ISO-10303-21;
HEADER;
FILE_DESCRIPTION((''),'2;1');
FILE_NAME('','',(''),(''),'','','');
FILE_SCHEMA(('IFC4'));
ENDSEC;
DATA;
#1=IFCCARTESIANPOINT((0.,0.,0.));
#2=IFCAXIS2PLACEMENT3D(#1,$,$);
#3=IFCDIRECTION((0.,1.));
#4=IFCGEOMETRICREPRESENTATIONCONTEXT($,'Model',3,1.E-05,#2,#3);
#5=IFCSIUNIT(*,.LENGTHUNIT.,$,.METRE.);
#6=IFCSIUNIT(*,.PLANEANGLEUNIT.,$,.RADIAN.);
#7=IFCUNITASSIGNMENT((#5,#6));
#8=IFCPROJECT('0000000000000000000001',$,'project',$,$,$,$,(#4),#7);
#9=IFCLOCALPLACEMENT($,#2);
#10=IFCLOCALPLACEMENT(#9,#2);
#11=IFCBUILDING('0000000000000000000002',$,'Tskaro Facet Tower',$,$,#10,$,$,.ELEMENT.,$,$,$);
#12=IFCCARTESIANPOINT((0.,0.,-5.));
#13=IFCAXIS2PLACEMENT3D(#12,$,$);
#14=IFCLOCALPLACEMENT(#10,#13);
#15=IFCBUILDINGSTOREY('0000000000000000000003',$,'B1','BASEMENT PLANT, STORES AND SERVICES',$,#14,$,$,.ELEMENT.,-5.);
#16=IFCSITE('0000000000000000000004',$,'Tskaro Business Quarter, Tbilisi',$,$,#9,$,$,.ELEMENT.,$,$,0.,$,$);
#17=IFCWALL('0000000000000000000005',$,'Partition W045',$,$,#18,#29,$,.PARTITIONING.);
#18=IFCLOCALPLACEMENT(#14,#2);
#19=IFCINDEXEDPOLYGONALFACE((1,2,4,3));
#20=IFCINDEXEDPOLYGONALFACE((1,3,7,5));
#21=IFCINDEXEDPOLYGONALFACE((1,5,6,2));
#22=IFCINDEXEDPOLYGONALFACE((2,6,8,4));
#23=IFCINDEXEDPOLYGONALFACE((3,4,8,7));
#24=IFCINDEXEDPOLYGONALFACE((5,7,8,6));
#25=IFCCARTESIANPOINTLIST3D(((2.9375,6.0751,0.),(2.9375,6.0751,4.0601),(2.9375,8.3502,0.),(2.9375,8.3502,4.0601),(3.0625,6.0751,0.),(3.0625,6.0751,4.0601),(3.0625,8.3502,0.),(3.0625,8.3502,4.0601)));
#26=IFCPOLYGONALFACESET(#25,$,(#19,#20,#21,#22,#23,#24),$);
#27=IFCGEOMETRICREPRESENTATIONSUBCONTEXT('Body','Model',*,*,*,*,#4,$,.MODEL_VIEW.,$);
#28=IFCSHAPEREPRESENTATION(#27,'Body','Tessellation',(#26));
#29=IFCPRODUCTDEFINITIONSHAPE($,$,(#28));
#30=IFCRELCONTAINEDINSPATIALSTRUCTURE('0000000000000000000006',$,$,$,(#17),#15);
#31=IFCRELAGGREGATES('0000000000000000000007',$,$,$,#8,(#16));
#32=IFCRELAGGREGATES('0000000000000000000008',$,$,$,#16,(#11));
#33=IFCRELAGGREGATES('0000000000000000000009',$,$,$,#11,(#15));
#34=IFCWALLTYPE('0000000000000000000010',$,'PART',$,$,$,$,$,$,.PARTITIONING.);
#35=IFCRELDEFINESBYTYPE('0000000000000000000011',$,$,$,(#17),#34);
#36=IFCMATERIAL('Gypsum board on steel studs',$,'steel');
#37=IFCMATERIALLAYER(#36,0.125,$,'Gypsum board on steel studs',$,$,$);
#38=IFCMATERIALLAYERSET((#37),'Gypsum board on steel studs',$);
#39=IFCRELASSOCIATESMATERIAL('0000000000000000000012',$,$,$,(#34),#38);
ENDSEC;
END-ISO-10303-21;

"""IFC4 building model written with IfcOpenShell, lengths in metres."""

from ifc_helpers import new_model, si_unit, direction, frame, frame_2d, origin, place, context, subcontext, project, spatial, rectangle, extrude, material, layer, layer_set, type_object, element, save


model = new_model("IFC4")

# Units and contexts
model_context = context("Model", 3, precision=1e-05, world=origin(), true_north=direction((0.0, 1.0)))
body_context = subcontext(model_context, "Body", "Model", "MODEL_VIEW")
ifc_project = project(units=[si_unit("LENGTHUNIT", "METRE"), si_unit("PLANEANGLEUNIT", "RADIAN")], contexts=[model_context])

# Site, building, storey
site_placement = place(None, origin())
site = spatial("IfcSite", under=ifc_project, at=site_placement, Name="Tskaro Business Quarter, Tbilisi", CompositionType="ELEMENT", RefElevation=0.0)
building_placement = place(site_placement, origin())
building = spatial("IfcBuilding", under=site, at=building_placement, Name="Tskaro Facet Tower", CompositionType="ELEMENT")
storey_placement = place(building_placement, frame((0.0, 0.0, -5.0)))
storey = spatial("IfcBuildingStorey", under=building, at=storey_placement, Name="B1", Description="BASEMENT PLANT, STORES AND SERVICES", CompositionType="ELEMENT", Elevation=-5.0)

# Wall
ifc_material_1 = material(Name="Gypsum board on steel studs", Category="steel")
ifc_layer_1 = layer(ifc_material_1, 0.125, Name="Gypsum board on steel studs")
ifc_layer_set_1 = layer_set([ifc_layer_1], Name="Gypsum board on steel studs")
wall_type_1 = type_object("IfcWallType", Name="PART", PredefinedType="PARTITIONING", material=ifc_layer_set_1)
wall_1_placement = place(storey_placement, frame((3.0, 6.075, 0.0), z_axis=(0.0, 0.0, 1.0), x_axis=(0.0, 1.0, 0.0)))
element("IfcWall", 1, at=wall_1_placement, inside=storey, type_object=wall_type_1, Name="Partition W045", PredefinedType="PARTITIONING", context=body_context, shape_type="SweptSolid", body=[
    extrude(rectangle(XDim=2.2751, YDim=0.125, at=frame_2d((1.1377, 0.0))), origin(), (0.0, 0.0, 1.0), 4.0601),
])

save(model, "model.ifc")
